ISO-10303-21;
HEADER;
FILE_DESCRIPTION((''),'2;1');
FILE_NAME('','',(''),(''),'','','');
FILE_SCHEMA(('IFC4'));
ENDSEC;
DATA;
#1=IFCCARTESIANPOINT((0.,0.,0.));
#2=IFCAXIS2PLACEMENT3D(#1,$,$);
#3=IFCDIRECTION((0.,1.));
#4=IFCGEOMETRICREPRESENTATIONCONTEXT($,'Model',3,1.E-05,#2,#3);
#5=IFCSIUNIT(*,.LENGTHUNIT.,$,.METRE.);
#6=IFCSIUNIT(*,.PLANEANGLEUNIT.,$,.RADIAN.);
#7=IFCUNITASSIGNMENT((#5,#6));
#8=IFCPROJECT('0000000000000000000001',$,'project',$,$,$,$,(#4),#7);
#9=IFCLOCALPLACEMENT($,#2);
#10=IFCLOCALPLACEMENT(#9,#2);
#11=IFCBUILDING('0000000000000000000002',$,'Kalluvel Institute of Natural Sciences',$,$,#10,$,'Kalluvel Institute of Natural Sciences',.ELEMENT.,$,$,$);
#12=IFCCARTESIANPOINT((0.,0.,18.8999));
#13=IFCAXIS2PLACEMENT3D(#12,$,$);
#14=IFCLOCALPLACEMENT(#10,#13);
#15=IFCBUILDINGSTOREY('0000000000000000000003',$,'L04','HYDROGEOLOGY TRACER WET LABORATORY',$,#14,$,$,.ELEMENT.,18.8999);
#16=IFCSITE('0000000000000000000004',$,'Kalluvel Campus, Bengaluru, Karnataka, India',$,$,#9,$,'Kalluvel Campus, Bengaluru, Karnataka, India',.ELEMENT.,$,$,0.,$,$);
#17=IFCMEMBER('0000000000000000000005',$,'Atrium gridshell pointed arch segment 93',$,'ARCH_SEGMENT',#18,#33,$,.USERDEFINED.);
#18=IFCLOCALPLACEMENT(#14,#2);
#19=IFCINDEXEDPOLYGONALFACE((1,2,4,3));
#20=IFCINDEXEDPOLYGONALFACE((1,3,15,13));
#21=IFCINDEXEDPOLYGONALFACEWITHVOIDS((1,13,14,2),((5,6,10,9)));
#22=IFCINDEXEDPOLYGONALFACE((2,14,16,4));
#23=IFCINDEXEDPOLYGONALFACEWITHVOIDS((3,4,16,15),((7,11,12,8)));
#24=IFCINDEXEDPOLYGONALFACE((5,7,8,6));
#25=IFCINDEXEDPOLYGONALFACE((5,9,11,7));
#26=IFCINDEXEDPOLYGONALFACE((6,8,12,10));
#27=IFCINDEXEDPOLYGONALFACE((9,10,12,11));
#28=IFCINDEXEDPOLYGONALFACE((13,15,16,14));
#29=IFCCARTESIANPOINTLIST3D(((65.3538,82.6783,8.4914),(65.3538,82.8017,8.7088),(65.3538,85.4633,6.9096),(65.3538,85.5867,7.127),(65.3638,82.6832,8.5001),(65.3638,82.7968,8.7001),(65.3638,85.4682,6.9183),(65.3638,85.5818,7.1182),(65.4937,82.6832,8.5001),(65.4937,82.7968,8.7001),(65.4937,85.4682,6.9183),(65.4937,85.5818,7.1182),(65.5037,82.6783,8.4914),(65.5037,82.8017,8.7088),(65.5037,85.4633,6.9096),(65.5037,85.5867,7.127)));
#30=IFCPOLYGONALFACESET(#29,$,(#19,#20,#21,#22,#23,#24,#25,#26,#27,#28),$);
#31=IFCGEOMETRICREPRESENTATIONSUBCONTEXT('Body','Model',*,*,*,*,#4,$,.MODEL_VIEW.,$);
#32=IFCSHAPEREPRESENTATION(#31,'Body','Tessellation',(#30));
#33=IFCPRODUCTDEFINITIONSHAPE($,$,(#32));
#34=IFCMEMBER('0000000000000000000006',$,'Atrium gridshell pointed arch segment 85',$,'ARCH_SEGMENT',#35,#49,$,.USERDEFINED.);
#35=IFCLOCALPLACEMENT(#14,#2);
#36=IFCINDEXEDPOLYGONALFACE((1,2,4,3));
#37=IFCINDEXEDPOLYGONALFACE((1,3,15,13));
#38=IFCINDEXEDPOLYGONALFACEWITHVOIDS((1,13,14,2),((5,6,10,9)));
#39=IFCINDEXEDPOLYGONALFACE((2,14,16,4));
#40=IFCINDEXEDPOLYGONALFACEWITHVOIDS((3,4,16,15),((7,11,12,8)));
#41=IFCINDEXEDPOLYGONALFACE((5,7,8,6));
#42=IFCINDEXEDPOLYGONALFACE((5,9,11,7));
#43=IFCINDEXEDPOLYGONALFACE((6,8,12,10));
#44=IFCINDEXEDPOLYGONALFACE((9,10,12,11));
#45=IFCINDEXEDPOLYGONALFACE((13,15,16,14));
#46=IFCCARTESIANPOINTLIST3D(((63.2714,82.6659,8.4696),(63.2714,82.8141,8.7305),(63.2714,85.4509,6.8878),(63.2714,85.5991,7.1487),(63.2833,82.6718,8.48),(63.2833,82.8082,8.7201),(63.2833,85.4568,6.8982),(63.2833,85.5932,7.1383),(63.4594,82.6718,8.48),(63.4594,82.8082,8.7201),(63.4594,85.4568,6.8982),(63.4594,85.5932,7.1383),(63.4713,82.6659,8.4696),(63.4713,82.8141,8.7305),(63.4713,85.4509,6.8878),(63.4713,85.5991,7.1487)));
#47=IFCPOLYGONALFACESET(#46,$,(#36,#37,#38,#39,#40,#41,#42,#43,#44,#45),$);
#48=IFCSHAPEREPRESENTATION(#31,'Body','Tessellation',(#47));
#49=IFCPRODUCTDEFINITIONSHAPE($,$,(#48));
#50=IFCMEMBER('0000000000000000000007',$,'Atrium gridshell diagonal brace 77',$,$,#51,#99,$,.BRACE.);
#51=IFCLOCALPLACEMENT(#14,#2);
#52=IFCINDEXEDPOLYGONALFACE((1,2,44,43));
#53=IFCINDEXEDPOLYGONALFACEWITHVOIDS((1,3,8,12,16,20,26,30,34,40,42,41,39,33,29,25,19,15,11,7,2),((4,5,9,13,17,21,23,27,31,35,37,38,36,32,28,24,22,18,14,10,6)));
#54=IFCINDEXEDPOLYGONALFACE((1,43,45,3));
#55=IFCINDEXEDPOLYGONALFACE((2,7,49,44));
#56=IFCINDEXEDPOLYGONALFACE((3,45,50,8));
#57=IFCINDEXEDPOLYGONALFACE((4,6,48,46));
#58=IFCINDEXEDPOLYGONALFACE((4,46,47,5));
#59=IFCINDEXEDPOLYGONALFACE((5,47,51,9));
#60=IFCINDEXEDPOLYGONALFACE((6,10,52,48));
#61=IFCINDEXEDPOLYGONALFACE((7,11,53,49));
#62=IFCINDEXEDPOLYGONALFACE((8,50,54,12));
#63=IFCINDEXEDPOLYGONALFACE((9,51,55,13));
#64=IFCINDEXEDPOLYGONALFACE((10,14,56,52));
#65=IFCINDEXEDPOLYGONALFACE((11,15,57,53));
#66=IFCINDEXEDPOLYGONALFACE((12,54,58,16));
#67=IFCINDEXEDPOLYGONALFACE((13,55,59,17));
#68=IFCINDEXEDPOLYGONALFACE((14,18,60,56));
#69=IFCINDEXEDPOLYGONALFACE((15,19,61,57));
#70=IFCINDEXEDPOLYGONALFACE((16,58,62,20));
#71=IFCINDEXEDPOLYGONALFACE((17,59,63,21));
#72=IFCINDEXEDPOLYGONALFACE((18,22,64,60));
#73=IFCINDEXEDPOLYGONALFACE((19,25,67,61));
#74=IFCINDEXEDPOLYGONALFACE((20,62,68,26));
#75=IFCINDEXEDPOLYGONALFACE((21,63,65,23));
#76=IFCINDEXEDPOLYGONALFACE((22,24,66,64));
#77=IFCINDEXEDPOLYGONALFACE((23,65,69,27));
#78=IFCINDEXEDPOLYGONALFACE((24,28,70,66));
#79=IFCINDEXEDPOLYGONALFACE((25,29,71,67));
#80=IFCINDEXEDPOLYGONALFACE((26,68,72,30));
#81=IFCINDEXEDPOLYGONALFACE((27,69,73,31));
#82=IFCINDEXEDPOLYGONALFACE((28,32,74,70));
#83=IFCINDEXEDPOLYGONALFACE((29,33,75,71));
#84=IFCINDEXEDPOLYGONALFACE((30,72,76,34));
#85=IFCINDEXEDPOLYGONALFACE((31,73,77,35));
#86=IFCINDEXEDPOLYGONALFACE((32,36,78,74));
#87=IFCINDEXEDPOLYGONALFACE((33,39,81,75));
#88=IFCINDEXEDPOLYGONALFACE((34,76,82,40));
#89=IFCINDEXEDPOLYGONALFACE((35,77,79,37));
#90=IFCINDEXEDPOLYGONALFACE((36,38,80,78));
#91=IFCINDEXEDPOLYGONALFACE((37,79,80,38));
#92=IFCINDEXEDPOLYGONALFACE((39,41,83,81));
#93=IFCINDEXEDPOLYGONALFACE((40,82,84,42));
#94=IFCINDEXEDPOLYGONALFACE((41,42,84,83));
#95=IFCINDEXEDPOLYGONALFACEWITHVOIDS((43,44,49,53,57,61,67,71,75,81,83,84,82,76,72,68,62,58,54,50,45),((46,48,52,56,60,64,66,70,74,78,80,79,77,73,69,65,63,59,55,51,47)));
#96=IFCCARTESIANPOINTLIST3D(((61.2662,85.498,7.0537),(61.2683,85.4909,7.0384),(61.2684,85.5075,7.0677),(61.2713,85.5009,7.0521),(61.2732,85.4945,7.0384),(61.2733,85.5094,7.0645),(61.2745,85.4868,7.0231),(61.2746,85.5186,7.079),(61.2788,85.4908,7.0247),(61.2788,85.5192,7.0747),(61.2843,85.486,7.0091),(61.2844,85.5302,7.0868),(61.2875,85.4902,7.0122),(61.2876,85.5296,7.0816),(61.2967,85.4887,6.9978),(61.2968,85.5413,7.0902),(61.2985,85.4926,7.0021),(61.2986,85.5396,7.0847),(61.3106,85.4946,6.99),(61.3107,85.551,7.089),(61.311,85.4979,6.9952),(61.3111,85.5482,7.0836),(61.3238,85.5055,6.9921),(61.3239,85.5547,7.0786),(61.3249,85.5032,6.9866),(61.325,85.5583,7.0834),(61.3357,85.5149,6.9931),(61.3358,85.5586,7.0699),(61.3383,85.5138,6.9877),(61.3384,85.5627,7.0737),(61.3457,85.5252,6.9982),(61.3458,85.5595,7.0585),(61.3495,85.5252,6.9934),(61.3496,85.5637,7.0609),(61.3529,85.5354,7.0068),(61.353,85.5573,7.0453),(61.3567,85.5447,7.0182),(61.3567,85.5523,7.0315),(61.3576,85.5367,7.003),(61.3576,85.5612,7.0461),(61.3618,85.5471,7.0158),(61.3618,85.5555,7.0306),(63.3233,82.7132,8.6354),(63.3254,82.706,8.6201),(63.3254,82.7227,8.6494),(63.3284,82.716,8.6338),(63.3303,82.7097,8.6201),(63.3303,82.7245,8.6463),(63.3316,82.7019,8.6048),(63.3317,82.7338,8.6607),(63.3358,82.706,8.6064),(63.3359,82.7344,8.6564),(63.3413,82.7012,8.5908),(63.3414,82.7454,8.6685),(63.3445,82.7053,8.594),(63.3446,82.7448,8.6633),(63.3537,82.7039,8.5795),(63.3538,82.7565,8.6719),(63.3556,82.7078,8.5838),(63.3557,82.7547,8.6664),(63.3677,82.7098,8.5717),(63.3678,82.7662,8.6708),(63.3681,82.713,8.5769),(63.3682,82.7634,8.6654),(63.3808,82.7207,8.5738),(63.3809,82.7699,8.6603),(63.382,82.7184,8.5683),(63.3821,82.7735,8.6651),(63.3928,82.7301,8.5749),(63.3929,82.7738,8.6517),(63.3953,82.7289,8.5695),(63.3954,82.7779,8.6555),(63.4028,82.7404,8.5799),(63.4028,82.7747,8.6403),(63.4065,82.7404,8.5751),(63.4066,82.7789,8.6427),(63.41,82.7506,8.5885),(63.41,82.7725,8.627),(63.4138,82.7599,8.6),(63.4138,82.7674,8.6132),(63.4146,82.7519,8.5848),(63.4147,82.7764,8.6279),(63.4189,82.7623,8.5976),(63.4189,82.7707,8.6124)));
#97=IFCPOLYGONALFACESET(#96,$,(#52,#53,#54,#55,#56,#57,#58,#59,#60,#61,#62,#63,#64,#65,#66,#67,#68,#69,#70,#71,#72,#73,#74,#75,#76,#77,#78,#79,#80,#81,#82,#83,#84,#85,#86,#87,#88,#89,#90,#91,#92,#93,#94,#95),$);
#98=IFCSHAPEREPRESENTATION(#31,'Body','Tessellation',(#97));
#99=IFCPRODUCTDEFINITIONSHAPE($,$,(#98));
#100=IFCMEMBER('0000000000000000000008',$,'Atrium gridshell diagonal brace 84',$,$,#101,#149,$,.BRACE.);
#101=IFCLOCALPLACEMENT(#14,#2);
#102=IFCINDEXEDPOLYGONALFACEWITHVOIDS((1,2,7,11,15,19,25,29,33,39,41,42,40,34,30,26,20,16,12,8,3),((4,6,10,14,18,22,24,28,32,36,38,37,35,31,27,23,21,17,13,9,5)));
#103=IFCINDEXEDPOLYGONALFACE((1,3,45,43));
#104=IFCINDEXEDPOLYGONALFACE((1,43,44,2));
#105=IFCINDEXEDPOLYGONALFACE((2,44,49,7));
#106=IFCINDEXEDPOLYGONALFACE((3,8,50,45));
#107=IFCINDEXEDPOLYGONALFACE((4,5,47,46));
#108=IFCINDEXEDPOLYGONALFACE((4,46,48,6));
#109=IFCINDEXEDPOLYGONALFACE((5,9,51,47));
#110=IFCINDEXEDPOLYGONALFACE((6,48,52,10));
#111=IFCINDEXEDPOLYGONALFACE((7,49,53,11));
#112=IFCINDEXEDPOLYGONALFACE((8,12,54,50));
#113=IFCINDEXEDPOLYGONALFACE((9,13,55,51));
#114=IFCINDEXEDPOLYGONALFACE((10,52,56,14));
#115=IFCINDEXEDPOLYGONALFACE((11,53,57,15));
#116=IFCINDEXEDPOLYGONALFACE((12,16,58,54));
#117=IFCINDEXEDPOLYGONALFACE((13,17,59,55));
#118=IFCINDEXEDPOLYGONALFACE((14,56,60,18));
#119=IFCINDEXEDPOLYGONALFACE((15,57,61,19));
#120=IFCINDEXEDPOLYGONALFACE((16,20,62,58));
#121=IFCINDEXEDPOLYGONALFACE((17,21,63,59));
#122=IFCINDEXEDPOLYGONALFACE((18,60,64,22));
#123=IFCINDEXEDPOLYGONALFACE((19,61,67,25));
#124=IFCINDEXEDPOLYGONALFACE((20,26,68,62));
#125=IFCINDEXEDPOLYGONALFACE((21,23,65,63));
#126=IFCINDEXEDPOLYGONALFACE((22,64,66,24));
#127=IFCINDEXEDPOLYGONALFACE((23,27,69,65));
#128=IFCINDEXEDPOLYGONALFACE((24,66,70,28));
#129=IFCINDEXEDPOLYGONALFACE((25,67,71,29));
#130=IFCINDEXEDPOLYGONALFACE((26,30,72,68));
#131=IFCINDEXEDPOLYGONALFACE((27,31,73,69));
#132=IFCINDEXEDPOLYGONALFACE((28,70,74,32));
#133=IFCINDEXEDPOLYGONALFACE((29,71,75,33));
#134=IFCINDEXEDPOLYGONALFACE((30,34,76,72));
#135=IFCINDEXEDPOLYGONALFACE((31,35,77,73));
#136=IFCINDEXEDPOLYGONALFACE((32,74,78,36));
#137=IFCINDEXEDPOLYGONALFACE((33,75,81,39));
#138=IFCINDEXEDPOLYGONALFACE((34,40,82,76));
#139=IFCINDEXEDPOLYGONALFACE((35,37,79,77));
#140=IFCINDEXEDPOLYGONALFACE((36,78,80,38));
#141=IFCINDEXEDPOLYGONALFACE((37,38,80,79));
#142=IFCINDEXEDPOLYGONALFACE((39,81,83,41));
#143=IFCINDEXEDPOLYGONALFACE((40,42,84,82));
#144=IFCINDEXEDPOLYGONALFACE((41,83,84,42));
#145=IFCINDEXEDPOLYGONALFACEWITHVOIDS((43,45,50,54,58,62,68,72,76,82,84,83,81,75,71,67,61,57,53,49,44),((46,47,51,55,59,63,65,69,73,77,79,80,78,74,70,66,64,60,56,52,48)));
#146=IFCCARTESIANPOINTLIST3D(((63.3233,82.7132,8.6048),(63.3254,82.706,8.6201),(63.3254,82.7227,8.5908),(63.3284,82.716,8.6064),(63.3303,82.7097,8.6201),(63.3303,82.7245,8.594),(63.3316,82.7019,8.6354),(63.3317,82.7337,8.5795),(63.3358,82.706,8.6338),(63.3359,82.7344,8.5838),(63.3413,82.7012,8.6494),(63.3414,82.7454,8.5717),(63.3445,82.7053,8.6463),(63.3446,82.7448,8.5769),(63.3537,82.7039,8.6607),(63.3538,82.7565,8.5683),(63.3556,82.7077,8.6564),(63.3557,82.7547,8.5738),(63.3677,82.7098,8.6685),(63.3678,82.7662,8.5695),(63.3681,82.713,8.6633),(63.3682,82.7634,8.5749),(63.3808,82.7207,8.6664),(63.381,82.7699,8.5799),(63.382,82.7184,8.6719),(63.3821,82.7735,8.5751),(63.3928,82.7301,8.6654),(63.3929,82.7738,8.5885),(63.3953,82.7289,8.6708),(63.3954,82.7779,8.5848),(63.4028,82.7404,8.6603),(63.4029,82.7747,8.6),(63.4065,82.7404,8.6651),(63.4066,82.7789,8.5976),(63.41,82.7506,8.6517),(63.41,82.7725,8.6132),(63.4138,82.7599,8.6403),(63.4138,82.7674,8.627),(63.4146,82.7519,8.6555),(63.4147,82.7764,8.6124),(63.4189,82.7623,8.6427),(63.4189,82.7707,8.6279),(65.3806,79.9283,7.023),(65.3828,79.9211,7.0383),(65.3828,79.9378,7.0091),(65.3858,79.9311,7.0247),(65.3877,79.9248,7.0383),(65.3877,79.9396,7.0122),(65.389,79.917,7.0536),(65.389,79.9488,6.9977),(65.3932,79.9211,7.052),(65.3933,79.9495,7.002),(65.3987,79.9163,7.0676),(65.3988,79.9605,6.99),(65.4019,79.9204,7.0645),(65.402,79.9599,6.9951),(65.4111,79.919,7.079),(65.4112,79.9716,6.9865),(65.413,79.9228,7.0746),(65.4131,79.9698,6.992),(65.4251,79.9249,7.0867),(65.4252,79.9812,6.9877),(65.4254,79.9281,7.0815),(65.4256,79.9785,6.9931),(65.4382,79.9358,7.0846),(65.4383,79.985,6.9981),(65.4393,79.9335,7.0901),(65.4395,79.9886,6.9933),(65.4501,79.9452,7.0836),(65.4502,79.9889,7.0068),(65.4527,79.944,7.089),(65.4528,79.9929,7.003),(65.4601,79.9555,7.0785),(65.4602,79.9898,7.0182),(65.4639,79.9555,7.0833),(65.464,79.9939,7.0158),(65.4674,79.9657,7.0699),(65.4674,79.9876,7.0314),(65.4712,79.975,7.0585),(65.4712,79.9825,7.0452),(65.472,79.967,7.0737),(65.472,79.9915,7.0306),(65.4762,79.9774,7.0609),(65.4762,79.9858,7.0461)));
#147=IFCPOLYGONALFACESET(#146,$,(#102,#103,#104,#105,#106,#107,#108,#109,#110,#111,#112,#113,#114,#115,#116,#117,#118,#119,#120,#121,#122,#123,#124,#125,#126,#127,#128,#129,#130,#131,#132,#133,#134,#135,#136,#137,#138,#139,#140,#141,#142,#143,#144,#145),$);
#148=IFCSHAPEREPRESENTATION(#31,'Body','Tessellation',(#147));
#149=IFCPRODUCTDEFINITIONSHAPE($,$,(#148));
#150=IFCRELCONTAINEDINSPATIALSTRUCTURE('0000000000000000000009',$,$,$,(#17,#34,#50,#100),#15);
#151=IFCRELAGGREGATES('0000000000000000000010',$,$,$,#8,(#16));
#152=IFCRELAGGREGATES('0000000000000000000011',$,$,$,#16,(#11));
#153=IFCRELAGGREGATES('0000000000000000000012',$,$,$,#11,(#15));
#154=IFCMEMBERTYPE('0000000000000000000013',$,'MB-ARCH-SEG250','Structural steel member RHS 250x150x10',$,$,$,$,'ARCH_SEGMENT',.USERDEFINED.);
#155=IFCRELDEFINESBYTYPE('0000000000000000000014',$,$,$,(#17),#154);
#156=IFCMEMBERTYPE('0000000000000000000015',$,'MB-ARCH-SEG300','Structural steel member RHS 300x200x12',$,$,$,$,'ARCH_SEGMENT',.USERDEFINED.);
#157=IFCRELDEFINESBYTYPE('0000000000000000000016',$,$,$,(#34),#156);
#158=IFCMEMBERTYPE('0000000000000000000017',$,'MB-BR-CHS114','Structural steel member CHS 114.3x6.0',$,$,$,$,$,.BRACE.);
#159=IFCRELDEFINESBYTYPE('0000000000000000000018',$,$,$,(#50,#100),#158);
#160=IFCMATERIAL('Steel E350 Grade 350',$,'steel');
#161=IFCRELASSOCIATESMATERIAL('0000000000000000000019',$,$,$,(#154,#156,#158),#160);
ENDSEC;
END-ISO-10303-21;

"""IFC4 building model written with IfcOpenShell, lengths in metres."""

from ifc_helpers import new_model, si_unit, direction, frame, origin, origin_2d, place, context, subcontext, project, spatial, hollow_rectangle, hollow_circle, extrude, material, material_profile, profile_set, type_object, element, save


model = new_model("IFC4")

# Units and contexts
model_context = context("Model", 3, precision=1e-05, world=origin(), true_north=direction((0.0, 1.0)))
body_context = subcontext(model_context, "Body", "Model", "MODEL_VIEW")
ifc_project = project(units=[si_unit("LENGTHUNIT", "METRE"), si_unit("PLANEANGLEUNIT", "RADIAN")], contexts=[model_context])

# Site, building, storey
site_placement = place(None, origin())
site = spatial("IfcSite", under=ifc_project, at=site_placement, Name="Kalluvel Campus, Bengaluru, Karnataka, India", LongName="Kalluvel Campus, Bengaluru, Karnataka, India", CompositionType="ELEMENT", RefElevation=0.0)
building_placement = place(site_placement, origin())
building = spatial("IfcBuilding", under=site, at=building_placement, Name="Kalluvel Institute of Natural Sciences", LongName="Kalluvel Institute of Natural Sciences", CompositionType="ELEMENT")
storey_placement = place(building_placement, frame((0.0, 0.0, 18.8999)))
storey = spatial("IfcBuildingStorey", under=building, at=storey_placement, Name="L04", Description="HYDROGEOLOGY TRACER WET LABORATORY", CompositionType="ELEMENT", Elevation=18.8999)

# Members
ifc_material_1 = material(Name="Steel E350 Grade 350", Category="steel")
ifc_material_profile_1 = material_profile(ifc_material_1, hollow_rectangle(XDim=0.1499, YDim=0.25, WallThickness=0.01, at=origin_2d()), Name="RHS 250x150x10")
ifc_profile_set_1 = profile_set([ifc_material_profile_1], Name="Steel E350 Grade 350")
member_type_1 = type_object("IfcMemberType", Name="MB-ARCH-SEG250", Description="Structural steel member RHS 250x150x10", ElementType="ARCH_SEGMENT", PredefinedType="USERDEFINED", material=ifc_profile_set_1)
member_1_placement = place(storey_placement, frame((65.4287, 82.74, 8.6001), z_axis=(0.0, 0.86953, -0.49388), x_axis=(-1.0, 0.0, 0.0)))
element("IfcMember", 1, at=member_1_placement, inside=storey, type_object=member_type_1, Name="Atrium gridshell pointed arch segment 93", ObjectType="ARCH_SEGMENT", PredefinedType="USERDEFINED", context=body_context, shape_type="SweptSolid", body=[
    extrude(hollow_rectangle(XDim=0.1499, YDim=0.25, WallThickness=0.01, at=origin_2d()), origin(), (0.0, 0.0, 1.0), 3.2029),
])
ifc_material_profile_2 = material_profile(ifc_material_1, hollow_rectangle(XDim=0.2, YDim=0.3, WallThickness=0.012, at=origin_2d()), Name="RHS 300x200x12")
ifc_profile_set_2 = profile_set([ifc_material_profile_2], Name="Steel E350 Grade 350")
member_type_2 = type_object("IfcMemberType", Name="MB-ARCH-SEG300", Description="Structural steel member RHS 300x200x12", ElementType="ARCH_SEGMENT", PredefinedType="USERDEFINED", material=ifc_profile_set_2)
member_2_placement = place(storey_placement, frame((63.3713, 82.74, 8.6001), z_axis=(0.0, 0.86953, -0.49388), x_axis=(-1.0, 0.0, 0.0)))
element("IfcMember", 2, at=member_2_placement, inside=storey, type_object=member_type_2, Name="Atrium gridshell pointed arch segment 85", ObjectType="ARCH_SEGMENT", PredefinedType="USERDEFINED", context=body_context, shape_type="SweptSolid", body=[
    extrude(hollow_rectangle(XDim=0.2, YDim=0.3, WallThickness=0.012, at=origin_2d()), origin(), (0.0, 0.0, 1.0), 3.2029),
])
ifc_material_profile_3 = material_profile(ifc_material_1, hollow_circle(Radius=0.0571, WallThickness=0.0061, at=origin_2d()), Name="CHS 114.3x6.0")
ifc_profile_set_3 = profile_set([ifc_material_profile_3], Name="Steel E350 Grade 350")
member_type_3 = type_object("IfcMemberType", Name="MB-BR-CHS114", Description="Structural steel member CHS 114.3x6.0", PredefinedType="BRACE", material=ifc_profile_set_3)
member_3_placement = place(storey_placement, frame((63.3713, 82.74, 8.6201), z_axis=(-0.540423, 0.731617, -0.415547), x_axis=(-0.804353, -0.594151, 0.0)))
element("IfcMember", 3, at=member_3_placement, inside=storey, type_object=member_type_3, Name="Atrium gridshell diagonal brace 77", PredefinedType="BRACE", context=body_context, shape_type="SweptSolid", body=[
    extrude(hollow_circle(Radius=0.0571, WallThickness=0.0061, at=origin_2d()), origin(), (0.0, 0.0, 1.0), 3.8064),
])
member_4_placement = place(storey_placement, frame((65.4287, 79.9551, 7.0383), z_axis=(-0.540468, 0.731592, 0.415533), x_axis=(-0.80432, -0.594197, 0.0)))
element("IfcMember", 4, at=member_4_placement, inside=storey, type_object=member_type_3, Name="Atrium gridshell diagonal brace 84", PredefinedType="BRACE", context=body_context, shape_type="SweptSolid", body=[
    extrude(hollow_circle(Radius=0.0571, WallThickness=0.0061, at=origin_2d()), origin(), (0.0, 0.0, 1.0), 3.8066),
])

save(model, "model.ifc")
